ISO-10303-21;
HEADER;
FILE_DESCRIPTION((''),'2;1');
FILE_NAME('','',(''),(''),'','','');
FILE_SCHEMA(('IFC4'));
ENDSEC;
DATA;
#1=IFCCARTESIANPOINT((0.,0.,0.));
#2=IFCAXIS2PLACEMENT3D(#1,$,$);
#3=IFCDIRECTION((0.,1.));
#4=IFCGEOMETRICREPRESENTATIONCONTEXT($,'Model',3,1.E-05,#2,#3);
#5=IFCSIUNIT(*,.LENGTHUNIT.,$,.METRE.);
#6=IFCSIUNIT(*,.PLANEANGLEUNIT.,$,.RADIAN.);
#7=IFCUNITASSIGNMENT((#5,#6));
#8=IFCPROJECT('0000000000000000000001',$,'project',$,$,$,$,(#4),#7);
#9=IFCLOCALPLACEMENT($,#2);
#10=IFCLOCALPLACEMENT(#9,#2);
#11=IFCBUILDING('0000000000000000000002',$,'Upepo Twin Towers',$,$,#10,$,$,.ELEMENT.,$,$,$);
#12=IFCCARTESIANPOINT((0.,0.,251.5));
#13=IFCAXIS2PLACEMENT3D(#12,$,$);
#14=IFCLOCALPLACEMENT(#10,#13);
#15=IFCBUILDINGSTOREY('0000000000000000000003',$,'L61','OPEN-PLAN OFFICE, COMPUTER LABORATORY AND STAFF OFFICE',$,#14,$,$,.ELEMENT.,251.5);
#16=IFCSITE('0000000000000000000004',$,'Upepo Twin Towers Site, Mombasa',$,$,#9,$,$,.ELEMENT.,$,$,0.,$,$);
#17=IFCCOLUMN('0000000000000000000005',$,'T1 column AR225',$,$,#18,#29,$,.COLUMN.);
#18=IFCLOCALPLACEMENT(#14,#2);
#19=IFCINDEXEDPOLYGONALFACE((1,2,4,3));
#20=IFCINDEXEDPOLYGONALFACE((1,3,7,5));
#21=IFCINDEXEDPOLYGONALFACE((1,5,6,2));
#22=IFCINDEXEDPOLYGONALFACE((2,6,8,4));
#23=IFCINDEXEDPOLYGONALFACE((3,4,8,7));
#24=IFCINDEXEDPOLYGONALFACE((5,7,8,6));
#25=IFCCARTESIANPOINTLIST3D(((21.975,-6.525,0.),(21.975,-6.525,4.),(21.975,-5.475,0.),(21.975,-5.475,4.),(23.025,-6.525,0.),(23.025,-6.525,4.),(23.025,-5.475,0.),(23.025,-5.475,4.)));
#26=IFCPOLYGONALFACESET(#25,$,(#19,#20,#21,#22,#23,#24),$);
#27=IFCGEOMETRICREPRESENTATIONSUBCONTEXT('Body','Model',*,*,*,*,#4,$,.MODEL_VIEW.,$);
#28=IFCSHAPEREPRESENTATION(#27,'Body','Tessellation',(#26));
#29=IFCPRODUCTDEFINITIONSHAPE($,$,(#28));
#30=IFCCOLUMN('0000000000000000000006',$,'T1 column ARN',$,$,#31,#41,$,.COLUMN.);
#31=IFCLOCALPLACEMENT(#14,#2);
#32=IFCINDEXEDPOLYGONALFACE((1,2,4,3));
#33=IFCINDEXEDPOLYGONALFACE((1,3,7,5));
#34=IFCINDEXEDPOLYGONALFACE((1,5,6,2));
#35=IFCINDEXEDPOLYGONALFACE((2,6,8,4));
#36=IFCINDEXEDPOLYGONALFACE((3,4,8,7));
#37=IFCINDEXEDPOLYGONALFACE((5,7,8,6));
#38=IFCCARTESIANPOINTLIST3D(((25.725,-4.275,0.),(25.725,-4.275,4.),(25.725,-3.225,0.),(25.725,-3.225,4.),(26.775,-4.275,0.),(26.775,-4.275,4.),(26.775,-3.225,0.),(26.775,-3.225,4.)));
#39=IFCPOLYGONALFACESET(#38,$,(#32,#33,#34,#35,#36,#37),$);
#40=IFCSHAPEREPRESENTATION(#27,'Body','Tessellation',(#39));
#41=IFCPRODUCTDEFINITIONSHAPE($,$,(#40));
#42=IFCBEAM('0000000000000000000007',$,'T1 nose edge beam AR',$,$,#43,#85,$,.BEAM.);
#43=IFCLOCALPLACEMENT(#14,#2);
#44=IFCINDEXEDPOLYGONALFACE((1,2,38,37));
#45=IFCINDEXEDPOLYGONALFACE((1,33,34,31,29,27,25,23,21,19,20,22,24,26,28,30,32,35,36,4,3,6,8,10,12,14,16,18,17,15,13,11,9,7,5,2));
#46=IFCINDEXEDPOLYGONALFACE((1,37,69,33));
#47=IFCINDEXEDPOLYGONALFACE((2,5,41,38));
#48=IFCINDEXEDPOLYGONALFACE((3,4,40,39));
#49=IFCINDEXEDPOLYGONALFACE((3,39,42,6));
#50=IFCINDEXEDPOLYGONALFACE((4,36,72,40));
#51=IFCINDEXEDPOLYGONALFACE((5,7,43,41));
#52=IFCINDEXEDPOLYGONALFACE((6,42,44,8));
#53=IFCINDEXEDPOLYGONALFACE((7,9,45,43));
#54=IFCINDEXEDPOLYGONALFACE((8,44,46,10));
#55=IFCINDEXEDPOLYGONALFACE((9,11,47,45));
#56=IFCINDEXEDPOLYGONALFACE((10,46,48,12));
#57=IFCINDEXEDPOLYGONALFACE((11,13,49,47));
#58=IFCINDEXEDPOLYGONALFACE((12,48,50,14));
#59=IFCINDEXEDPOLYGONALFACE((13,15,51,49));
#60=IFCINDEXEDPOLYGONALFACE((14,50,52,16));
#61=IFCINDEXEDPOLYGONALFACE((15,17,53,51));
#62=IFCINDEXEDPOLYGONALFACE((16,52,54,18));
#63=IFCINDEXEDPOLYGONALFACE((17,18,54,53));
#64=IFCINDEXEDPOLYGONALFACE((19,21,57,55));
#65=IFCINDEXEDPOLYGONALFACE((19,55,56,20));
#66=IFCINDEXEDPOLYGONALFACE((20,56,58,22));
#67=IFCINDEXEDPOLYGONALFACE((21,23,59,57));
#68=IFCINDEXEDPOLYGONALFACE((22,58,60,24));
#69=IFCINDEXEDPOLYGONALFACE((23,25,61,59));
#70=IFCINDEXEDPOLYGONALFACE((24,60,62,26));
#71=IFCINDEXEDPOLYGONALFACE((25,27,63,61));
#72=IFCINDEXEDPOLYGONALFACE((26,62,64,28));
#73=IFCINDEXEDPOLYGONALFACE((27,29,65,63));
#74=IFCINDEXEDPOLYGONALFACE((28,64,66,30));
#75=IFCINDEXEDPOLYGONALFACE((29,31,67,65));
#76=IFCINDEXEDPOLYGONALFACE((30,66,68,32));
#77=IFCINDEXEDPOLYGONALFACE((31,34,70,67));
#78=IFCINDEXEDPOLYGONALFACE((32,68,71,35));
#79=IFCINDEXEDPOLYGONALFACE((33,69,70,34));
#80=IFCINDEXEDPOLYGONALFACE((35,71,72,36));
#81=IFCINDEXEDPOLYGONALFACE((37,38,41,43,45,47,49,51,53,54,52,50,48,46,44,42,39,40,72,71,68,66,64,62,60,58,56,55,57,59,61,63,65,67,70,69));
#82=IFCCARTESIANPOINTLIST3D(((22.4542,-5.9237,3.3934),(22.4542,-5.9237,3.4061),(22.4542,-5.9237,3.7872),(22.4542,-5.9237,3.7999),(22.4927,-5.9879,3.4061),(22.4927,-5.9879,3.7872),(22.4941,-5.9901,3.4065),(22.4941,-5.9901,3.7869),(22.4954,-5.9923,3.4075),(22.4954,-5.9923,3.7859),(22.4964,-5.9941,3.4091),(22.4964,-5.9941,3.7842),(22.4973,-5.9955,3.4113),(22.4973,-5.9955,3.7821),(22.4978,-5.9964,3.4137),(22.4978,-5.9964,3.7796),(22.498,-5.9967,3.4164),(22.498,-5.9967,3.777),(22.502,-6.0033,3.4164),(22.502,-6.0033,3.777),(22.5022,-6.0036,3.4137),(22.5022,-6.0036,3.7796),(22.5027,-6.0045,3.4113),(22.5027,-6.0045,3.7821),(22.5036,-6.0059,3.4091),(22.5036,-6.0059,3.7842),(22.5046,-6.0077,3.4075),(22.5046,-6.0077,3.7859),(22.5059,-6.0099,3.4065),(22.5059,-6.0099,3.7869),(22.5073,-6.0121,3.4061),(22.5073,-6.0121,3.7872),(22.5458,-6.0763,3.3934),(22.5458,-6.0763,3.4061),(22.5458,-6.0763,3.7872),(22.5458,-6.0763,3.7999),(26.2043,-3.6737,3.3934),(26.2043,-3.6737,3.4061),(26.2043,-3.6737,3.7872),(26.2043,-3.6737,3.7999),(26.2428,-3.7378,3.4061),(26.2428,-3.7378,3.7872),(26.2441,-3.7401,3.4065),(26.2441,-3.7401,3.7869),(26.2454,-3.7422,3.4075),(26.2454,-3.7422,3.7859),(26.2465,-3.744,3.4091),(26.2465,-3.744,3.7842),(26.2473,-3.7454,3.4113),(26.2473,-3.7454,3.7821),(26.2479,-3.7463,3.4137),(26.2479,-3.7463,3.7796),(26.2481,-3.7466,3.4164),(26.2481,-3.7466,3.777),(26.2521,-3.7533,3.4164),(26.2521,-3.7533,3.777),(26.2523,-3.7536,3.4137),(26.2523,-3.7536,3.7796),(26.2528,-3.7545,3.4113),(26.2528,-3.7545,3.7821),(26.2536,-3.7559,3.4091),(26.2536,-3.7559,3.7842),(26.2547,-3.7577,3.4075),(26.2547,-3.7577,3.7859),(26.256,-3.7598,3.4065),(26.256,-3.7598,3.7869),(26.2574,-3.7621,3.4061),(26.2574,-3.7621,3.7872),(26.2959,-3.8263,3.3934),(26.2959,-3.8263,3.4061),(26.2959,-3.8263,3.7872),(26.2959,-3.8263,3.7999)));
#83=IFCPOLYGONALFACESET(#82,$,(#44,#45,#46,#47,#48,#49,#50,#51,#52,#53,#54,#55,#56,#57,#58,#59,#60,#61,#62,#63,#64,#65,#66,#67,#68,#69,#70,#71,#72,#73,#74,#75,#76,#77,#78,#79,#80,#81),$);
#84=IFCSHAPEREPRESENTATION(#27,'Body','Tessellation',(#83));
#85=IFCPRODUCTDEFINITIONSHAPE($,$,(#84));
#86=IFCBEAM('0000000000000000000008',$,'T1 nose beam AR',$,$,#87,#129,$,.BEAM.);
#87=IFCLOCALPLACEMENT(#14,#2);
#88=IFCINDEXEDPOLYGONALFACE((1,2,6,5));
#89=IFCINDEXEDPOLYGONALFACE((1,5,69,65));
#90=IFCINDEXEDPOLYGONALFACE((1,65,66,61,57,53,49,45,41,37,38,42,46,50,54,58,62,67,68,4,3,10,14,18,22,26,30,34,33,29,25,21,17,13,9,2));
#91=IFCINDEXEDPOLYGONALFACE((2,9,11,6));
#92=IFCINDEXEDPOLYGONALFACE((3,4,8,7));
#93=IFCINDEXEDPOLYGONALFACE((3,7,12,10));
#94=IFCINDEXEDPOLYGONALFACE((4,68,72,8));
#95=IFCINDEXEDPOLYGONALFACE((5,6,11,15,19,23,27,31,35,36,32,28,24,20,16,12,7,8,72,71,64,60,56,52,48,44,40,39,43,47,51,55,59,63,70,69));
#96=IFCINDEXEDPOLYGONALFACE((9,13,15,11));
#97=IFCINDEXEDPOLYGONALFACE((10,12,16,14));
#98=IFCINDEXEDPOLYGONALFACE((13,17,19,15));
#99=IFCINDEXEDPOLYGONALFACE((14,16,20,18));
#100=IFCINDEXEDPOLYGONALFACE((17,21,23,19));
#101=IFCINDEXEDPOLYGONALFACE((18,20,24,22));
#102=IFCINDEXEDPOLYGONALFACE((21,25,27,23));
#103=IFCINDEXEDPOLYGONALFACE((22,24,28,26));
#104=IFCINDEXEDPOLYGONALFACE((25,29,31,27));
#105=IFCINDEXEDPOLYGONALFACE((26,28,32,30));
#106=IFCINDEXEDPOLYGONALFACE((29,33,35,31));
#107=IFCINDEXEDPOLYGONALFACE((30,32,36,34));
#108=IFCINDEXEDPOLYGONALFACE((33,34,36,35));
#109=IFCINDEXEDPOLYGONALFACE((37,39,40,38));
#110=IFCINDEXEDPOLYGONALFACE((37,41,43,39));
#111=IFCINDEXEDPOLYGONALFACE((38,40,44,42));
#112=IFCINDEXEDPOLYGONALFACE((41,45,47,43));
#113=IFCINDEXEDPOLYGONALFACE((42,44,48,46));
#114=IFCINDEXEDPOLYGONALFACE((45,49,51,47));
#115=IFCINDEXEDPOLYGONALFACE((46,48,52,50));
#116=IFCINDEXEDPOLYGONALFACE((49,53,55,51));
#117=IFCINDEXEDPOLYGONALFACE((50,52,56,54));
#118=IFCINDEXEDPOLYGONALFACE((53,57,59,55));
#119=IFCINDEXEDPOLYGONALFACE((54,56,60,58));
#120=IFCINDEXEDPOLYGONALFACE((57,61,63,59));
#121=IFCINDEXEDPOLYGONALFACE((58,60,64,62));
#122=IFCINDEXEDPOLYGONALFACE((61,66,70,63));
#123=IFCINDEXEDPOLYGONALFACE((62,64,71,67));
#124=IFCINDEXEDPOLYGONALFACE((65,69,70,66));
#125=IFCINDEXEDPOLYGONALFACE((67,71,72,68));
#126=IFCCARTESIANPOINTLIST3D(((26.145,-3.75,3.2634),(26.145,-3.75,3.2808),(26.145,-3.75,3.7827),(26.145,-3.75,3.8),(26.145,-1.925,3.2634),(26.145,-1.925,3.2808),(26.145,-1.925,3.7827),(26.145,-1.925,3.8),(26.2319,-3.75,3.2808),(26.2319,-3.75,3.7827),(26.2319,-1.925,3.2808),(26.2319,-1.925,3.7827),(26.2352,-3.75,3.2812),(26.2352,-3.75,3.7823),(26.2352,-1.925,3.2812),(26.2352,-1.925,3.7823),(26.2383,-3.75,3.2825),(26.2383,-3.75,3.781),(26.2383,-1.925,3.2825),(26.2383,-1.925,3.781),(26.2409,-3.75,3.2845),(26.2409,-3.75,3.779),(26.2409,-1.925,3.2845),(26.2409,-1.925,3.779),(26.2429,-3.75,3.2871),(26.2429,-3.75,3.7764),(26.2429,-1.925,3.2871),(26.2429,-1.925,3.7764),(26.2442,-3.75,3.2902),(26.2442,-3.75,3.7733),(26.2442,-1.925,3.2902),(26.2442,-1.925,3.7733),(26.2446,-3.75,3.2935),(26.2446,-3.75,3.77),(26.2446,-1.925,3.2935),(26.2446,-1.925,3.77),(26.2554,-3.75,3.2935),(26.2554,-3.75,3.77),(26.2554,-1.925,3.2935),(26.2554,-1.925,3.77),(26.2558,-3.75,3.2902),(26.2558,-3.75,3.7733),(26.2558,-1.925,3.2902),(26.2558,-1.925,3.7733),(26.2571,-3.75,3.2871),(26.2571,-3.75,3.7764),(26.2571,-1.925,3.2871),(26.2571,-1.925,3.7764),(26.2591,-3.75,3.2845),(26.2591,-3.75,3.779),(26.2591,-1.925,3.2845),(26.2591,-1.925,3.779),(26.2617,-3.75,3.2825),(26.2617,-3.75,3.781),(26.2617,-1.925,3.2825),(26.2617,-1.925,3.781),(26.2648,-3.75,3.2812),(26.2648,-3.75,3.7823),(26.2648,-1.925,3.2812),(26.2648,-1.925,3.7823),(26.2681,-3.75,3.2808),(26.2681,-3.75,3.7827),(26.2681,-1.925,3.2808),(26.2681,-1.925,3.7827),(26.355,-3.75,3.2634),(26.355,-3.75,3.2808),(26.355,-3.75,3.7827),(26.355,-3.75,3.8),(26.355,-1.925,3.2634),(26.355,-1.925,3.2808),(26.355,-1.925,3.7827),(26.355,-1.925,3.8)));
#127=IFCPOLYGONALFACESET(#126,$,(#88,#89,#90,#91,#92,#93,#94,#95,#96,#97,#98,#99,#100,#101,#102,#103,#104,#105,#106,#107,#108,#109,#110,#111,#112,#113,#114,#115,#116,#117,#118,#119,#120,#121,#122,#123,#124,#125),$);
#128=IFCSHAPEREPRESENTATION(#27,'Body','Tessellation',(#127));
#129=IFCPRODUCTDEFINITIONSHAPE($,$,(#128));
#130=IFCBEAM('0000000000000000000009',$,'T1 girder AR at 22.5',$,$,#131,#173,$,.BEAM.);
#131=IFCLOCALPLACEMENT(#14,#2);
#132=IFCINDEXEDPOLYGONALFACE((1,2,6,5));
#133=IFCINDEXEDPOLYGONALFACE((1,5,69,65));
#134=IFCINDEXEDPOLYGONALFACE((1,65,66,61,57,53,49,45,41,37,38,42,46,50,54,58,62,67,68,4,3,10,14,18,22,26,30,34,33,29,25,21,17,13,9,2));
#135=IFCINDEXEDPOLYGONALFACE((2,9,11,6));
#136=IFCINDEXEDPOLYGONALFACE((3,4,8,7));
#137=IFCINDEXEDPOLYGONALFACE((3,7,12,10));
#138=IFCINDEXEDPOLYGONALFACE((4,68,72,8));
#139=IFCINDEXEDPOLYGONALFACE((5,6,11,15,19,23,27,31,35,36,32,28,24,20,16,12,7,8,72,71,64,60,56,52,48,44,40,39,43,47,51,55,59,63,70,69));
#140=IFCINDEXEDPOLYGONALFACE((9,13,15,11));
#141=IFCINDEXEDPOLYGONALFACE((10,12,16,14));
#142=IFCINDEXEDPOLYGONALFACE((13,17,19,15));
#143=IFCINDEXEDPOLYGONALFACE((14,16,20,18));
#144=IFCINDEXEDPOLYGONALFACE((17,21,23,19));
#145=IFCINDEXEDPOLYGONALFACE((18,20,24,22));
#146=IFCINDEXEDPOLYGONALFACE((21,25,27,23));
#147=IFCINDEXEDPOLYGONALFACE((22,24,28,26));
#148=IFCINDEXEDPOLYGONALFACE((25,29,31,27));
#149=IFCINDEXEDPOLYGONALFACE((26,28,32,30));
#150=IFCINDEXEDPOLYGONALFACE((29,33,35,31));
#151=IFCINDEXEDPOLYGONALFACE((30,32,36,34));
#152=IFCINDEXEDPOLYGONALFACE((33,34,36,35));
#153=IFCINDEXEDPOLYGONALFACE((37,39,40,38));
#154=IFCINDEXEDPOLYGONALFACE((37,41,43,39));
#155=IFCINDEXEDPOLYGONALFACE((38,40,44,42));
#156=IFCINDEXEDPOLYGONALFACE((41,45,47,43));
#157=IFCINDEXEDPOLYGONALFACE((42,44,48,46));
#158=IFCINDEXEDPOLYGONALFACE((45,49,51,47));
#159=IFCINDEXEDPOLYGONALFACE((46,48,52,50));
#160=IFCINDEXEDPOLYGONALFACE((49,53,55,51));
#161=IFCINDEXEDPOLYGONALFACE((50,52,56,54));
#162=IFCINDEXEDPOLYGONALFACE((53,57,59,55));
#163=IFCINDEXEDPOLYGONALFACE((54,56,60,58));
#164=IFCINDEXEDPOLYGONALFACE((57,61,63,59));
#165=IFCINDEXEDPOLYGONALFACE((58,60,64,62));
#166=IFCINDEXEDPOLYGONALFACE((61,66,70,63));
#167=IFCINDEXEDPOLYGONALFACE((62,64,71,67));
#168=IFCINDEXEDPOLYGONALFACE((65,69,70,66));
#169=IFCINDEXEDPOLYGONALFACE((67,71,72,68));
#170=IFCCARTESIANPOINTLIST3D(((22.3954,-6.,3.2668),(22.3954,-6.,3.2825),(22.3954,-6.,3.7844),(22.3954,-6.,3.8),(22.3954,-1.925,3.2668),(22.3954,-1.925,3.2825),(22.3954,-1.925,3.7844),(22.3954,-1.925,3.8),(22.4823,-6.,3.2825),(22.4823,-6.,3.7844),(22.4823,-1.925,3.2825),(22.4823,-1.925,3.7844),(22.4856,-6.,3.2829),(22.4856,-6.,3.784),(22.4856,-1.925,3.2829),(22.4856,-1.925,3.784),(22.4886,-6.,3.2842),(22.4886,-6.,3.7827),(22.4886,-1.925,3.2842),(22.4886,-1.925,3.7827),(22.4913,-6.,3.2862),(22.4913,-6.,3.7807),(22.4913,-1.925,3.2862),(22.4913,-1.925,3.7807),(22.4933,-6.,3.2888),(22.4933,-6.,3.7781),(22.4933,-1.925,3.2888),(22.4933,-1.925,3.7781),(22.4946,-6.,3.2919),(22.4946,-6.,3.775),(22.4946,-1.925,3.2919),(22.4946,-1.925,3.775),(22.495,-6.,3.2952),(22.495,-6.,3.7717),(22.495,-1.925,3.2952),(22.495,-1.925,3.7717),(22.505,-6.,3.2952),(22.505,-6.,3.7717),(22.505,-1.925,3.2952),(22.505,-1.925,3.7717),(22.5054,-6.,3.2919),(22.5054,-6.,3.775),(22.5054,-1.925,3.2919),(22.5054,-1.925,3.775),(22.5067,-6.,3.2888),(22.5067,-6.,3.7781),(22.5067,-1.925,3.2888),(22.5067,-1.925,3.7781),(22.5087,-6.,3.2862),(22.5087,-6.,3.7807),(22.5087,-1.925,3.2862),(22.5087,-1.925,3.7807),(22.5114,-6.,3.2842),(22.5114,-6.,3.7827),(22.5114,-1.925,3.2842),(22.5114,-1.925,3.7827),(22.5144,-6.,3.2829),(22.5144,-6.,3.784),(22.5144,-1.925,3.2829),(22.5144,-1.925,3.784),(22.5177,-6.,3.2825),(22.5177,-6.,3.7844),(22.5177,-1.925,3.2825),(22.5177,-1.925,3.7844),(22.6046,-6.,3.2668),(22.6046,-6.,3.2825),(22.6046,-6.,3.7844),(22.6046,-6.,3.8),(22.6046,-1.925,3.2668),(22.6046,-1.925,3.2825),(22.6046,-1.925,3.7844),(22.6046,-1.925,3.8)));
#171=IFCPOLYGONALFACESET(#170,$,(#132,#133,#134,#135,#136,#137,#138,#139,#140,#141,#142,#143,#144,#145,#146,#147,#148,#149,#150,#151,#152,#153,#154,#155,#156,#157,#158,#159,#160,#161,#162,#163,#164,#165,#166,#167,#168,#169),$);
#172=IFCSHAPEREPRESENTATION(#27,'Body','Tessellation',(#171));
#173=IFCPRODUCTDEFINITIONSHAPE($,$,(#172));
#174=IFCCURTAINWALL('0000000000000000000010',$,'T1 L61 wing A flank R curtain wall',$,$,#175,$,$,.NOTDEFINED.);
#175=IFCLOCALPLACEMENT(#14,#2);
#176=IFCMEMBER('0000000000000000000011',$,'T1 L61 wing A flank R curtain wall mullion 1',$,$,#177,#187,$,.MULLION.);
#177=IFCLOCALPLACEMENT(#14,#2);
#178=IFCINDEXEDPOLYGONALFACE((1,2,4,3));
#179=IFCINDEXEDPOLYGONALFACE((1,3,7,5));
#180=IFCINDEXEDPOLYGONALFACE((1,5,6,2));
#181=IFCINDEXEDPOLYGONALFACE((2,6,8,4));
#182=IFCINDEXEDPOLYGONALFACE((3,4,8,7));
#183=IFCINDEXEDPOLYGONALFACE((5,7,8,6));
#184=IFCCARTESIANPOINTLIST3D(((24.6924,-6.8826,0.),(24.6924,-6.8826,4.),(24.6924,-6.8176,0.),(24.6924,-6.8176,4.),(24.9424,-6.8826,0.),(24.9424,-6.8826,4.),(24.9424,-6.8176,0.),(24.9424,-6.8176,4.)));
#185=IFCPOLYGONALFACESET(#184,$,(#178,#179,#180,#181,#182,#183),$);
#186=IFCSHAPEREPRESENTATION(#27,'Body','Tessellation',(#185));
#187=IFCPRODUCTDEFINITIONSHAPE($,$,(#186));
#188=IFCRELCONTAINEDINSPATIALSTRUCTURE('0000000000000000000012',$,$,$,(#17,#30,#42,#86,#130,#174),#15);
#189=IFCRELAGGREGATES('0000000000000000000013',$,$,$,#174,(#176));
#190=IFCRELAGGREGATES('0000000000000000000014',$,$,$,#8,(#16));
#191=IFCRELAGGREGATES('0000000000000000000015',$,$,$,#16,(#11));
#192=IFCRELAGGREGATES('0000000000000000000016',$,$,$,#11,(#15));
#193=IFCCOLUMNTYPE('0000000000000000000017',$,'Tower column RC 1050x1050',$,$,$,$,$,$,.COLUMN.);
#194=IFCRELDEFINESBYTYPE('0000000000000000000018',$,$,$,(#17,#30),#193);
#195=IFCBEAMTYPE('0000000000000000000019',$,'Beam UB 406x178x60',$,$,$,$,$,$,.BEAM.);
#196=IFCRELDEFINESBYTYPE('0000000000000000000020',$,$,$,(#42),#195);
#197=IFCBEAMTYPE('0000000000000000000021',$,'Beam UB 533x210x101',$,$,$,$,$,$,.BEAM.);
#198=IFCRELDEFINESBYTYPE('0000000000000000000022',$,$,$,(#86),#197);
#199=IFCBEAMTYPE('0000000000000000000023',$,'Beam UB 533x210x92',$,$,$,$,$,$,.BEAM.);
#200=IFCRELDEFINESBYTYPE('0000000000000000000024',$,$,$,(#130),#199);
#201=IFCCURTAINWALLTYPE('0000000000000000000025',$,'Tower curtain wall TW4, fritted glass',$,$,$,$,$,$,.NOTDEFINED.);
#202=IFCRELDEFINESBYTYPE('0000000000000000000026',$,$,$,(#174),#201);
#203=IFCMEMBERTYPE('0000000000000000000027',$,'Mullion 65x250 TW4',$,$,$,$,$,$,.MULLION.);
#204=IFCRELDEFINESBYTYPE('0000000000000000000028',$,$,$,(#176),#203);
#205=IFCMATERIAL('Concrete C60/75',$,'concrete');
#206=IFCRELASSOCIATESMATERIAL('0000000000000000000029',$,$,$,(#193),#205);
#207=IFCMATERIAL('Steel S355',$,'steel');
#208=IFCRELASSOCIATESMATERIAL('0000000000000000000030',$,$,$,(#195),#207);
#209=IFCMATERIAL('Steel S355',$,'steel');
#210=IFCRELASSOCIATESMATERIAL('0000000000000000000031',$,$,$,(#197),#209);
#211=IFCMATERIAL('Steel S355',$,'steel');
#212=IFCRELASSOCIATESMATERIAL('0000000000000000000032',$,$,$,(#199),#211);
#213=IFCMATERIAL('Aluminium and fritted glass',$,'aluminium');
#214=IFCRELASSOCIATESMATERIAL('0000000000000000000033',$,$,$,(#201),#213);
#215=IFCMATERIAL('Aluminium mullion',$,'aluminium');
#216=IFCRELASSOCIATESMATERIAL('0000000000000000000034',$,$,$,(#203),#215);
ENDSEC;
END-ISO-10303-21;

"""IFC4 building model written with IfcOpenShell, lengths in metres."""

from ifc_helpers import new_model, si_unit, direction, frame, origin, origin_2d, place, context, subcontext, project, spatial, rectangle, i_section, extrude, material, material_profile, profile_set, type_object, element, aggregate, save


model = new_model("IFC4")

# Units and contexts
model_context = context("Model", 3, precision=1e-05, world=origin(), true_north=direction((0.0, 1.0)))
body_context = subcontext(model_context, "Body", "Model", "MODEL_VIEW")
ifc_project = project(units=[si_unit("LENGTHUNIT", "METRE"), si_unit("PLANEANGLEUNIT", "RADIAN")], contexts=[model_context])

# Site, building, storey
site_placement = place(None, origin())
site = spatial("IfcSite", under=ifc_project, at=site_placement, Name="Upepo Twin Towers Site, Mombasa", CompositionType="ELEMENT", RefElevation=0.0)
building_placement = place(site_placement, origin())
building = spatial("IfcBuilding", under=site, at=building_placement, Name="Upepo Twin Towers", CompositionType="ELEMENT")
storey_placement = place(building_placement, frame((0.0, 0.0, 251.5)))
storey = spatial("IfcBuildingStorey", under=building, at=storey_placement, Name="L61", Description="OPEN-PLAN OFFICE, COMPUTER LABORATORY AND STAFF OFFICE", CompositionType="ELEMENT", Elevation=251.5)

# Columns
ifc_material_1 = material(Name="Concrete C60/75", Category="concrete")
ifc_material_profile_1 = material_profile(ifc_material_1, rectangle(XDim=1.05, YDim=1.05, at=origin_2d()), Name="RC 1050x1050")
ifc_profile_set_1 = profile_set([ifc_material_profile_1], Name="Concrete C60/75")
column_type = type_object("IfcColumnType", Name="Tower column RC 1050x1050", PredefinedType="COLUMN", material=ifc_profile_set_1)
for number, where, z_axis, x_axis, name in (
    (1, (22.5, -6.0, 0.0), (0.0, 0.0, 1.0), (1.0, 0.0, 0.0), "T1 column AR225"),
    (2, (26.25, -3.75, 0.0), (0.0, 0.0, 1.0), (1.0, 0.0, 0.0), "T1 column ARN"),
):
    element("IfcColumn", number, at=place(storey_placement, frame(where, z_axis=z_axis, x_axis=x_axis)), inside=storey, type_object=column_type, Name=name, PredefinedType="COLUMN", context=body_context, shape_type="SweptSolid", body=[
        extrude(rectangle(XDim=1.05, YDim=1.05, at=origin_2d()), origin(), (0.0, 0.0, 1.0), 4.0),
    ])

# Beams
ifc_material_2 = material(Name="Steel S355", Category="steel")
ifc_material_profile_2 = material_profile(ifc_material_2, i_section(OverallWidth=0.178, OverallDepth=0.4065, WebThickness=0.0078, FlangeThickness=0.0127, FilletRadius=0.0103, at=origin_2d()), Name="UB 406x178x60")
ifc_profile_set_2 = profile_set([ifc_material_profile_2], Name="Steel S355")
beam_type_1 = type_object("IfcBeamType", Name="Beam UB 406x178x60", PredefinedType="BEAM", material=ifc_profile_set_2)
beam_1_placement = place(storey_placement, frame((22.5, -6.0, 3.5967), z_axis=(0.857493, 0.514496, 0.0), x_axis=(-0.514496, 0.857493, 0.0)))
element("IfcBeam", 3, at=beam_1_placement, inside=storey, type_object=beam_type_1, Name="T1 nose edge beam AR", PredefinedType="BEAM", context=body_context, shape_type="SweptSolid", body=[
    extrude(i_section(OverallWidth=0.178, OverallDepth=0.4065, WebThickness=0.0078, FlangeThickness=0.0127, FilletRadius=0.0103, at=origin_2d()), origin(), (0.0, 0.0, 1.0), 4.3733),
])
ifc_material_3 = material(Name="Steel S355", Category="steel")
ifc_material_profile_3 = material_profile(ifc_material_3, i_section(OverallWidth=0.21, OverallDepth=0.5366, WebThickness=0.0107, FlangeThickness=0.0173, FilletRadius=0.0127, at=origin_2d()), Name="UB 533x210x101")
ifc_profile_set_3 = profile_set([ifc_material_profile_3], Name="Steel S355")
beam_type_2 = type_object("IfcBeamType", Name="Beam UB 533x210x101", PredefinedType="BEAM", material=ifc_profile_set_3)
beam_2_placement = place(storey_placement, frame((26.25, -3.75, 3.5317), z_axis=(0.0, 1.0, 0.0), x_axis=(-1.0, 0.0, 0.0)))
element("IfcBeam", 4, at=beam_2_placement, inside=storey, type_object=beam_type_2, Name="T1 nose beam AR", PredefinedType="BEAM", context=body_context, shape_type="SweptSolid", body=[
    extrude(i_section(OverallWidth=0.21, OverallDepth=0.5366, WebThickness=0.0107, FlangeThickness=0.0173, FilletRadius=0.0127, at=origin_2d()), origin(), (0.0, 0.0, 1.0), 1.825),
])
ifc_material_4 = material(Name="Steel S355", Category="steel")
ifc_material_profile_4 = material_profile(ifc_material_4, i_section(OverallWidth=0.2092, OverallDepth=0.5332, WebThickness=0.01, FlangeThickness=0.0156, FilletRadius=0.0127, at=origin_2d()), Name="UB 533x210x92")
ifc_profile_set_4 = profile_set([ifc_material_profile_4], Name="Steel S355")
beam_type_3 = type_object("IfcBeamType", Name="Beam UB 533x210x92", PredefinedType="BEAM", material=ifc_profile_set_4)
beam_3_placement = place(storey_placement, frame((22.5, -6.0, 3.5334), z_axis=(0.0, 1.0, 0.0), x_axis=(-1.0, 0.0, 0.0)))
element("IfcBeam", 5, at=beam_3_placement, inside=storey, type_object=beam_type_3, Name="T1 girder AR at 22.5", PredefinedType="BEAM", context=body_context, shape_type="SweptSolid", body=[
    extrude(i_section(OverallWidth=0.2092, OverallDepth=0.5332, WebThickness=0.01, FlangeThickness=0.0156, FilletRadius=0.0127, at=origin_2d()), origin(), (0.0, 0.0, 1.0), 4.075),
])

# Curtain wall, member
ifc_material_5 = material(Name="Aluminium and fritted glass", Category="aluminium")
curtain_wall_type = type_object("IfcCurtainWallType", Name="Tower curtain wall TW4, fritted glass", PredefinedType="NOTDEFINED", material=ifc_material_5)
curtain_wall_1_placement = place(storey_placement, origin())
curtain_wall_1 = element("IfcCurtainWall", 6, at=curtain_wall_1_placement, inside=storey, type_object=curtain_wall_type, Name="T1 L61 wing A flank R curtain wall", PredefinedType="NOTDEFINED")
ifc_material_6 = material(Name="Aluminium mullion", Category="aluminium")
ifc_material_profile_5 = material_profile(ifc_material_6, rectangle(XDim=0.0649, YDim=0.25, at=origin_2d()), Name="MULLION 65x250")
ifc_profile_set_5 = profile_set([ifc_material_profile_5], Name="Aluminium mullion")
member_type_1 = type_object("IfcMemberType", Name="Mullion 65x250 TW4", PredefinedType="MULLION", material=ifc_profile_set_5)
member_1_placement = place(storey_placement, frame((24.8174, -6.8501, 0.0), z_axis=(0.0, 0.0, 1.0), x_axis=(0.0, -1.0, 0.0)))
member_1 = element("IfcMember", 7, at=member_1_placement, type_object=member_type_1, Name="T1 L61 wing A flank R curtain wall mullion 1", PredefinedType="MULLION", context=body_context, shape_type="SweptSolid", body=[
    extrude(rectangle(XDim=0.0649, YDim=0.25, at=origin_2d()), origin(), (0.0, 0.0, 1.0), 4.0),
])

aggregate(curtain_wall_1, [member_1])

save(model, "model.ifc")
